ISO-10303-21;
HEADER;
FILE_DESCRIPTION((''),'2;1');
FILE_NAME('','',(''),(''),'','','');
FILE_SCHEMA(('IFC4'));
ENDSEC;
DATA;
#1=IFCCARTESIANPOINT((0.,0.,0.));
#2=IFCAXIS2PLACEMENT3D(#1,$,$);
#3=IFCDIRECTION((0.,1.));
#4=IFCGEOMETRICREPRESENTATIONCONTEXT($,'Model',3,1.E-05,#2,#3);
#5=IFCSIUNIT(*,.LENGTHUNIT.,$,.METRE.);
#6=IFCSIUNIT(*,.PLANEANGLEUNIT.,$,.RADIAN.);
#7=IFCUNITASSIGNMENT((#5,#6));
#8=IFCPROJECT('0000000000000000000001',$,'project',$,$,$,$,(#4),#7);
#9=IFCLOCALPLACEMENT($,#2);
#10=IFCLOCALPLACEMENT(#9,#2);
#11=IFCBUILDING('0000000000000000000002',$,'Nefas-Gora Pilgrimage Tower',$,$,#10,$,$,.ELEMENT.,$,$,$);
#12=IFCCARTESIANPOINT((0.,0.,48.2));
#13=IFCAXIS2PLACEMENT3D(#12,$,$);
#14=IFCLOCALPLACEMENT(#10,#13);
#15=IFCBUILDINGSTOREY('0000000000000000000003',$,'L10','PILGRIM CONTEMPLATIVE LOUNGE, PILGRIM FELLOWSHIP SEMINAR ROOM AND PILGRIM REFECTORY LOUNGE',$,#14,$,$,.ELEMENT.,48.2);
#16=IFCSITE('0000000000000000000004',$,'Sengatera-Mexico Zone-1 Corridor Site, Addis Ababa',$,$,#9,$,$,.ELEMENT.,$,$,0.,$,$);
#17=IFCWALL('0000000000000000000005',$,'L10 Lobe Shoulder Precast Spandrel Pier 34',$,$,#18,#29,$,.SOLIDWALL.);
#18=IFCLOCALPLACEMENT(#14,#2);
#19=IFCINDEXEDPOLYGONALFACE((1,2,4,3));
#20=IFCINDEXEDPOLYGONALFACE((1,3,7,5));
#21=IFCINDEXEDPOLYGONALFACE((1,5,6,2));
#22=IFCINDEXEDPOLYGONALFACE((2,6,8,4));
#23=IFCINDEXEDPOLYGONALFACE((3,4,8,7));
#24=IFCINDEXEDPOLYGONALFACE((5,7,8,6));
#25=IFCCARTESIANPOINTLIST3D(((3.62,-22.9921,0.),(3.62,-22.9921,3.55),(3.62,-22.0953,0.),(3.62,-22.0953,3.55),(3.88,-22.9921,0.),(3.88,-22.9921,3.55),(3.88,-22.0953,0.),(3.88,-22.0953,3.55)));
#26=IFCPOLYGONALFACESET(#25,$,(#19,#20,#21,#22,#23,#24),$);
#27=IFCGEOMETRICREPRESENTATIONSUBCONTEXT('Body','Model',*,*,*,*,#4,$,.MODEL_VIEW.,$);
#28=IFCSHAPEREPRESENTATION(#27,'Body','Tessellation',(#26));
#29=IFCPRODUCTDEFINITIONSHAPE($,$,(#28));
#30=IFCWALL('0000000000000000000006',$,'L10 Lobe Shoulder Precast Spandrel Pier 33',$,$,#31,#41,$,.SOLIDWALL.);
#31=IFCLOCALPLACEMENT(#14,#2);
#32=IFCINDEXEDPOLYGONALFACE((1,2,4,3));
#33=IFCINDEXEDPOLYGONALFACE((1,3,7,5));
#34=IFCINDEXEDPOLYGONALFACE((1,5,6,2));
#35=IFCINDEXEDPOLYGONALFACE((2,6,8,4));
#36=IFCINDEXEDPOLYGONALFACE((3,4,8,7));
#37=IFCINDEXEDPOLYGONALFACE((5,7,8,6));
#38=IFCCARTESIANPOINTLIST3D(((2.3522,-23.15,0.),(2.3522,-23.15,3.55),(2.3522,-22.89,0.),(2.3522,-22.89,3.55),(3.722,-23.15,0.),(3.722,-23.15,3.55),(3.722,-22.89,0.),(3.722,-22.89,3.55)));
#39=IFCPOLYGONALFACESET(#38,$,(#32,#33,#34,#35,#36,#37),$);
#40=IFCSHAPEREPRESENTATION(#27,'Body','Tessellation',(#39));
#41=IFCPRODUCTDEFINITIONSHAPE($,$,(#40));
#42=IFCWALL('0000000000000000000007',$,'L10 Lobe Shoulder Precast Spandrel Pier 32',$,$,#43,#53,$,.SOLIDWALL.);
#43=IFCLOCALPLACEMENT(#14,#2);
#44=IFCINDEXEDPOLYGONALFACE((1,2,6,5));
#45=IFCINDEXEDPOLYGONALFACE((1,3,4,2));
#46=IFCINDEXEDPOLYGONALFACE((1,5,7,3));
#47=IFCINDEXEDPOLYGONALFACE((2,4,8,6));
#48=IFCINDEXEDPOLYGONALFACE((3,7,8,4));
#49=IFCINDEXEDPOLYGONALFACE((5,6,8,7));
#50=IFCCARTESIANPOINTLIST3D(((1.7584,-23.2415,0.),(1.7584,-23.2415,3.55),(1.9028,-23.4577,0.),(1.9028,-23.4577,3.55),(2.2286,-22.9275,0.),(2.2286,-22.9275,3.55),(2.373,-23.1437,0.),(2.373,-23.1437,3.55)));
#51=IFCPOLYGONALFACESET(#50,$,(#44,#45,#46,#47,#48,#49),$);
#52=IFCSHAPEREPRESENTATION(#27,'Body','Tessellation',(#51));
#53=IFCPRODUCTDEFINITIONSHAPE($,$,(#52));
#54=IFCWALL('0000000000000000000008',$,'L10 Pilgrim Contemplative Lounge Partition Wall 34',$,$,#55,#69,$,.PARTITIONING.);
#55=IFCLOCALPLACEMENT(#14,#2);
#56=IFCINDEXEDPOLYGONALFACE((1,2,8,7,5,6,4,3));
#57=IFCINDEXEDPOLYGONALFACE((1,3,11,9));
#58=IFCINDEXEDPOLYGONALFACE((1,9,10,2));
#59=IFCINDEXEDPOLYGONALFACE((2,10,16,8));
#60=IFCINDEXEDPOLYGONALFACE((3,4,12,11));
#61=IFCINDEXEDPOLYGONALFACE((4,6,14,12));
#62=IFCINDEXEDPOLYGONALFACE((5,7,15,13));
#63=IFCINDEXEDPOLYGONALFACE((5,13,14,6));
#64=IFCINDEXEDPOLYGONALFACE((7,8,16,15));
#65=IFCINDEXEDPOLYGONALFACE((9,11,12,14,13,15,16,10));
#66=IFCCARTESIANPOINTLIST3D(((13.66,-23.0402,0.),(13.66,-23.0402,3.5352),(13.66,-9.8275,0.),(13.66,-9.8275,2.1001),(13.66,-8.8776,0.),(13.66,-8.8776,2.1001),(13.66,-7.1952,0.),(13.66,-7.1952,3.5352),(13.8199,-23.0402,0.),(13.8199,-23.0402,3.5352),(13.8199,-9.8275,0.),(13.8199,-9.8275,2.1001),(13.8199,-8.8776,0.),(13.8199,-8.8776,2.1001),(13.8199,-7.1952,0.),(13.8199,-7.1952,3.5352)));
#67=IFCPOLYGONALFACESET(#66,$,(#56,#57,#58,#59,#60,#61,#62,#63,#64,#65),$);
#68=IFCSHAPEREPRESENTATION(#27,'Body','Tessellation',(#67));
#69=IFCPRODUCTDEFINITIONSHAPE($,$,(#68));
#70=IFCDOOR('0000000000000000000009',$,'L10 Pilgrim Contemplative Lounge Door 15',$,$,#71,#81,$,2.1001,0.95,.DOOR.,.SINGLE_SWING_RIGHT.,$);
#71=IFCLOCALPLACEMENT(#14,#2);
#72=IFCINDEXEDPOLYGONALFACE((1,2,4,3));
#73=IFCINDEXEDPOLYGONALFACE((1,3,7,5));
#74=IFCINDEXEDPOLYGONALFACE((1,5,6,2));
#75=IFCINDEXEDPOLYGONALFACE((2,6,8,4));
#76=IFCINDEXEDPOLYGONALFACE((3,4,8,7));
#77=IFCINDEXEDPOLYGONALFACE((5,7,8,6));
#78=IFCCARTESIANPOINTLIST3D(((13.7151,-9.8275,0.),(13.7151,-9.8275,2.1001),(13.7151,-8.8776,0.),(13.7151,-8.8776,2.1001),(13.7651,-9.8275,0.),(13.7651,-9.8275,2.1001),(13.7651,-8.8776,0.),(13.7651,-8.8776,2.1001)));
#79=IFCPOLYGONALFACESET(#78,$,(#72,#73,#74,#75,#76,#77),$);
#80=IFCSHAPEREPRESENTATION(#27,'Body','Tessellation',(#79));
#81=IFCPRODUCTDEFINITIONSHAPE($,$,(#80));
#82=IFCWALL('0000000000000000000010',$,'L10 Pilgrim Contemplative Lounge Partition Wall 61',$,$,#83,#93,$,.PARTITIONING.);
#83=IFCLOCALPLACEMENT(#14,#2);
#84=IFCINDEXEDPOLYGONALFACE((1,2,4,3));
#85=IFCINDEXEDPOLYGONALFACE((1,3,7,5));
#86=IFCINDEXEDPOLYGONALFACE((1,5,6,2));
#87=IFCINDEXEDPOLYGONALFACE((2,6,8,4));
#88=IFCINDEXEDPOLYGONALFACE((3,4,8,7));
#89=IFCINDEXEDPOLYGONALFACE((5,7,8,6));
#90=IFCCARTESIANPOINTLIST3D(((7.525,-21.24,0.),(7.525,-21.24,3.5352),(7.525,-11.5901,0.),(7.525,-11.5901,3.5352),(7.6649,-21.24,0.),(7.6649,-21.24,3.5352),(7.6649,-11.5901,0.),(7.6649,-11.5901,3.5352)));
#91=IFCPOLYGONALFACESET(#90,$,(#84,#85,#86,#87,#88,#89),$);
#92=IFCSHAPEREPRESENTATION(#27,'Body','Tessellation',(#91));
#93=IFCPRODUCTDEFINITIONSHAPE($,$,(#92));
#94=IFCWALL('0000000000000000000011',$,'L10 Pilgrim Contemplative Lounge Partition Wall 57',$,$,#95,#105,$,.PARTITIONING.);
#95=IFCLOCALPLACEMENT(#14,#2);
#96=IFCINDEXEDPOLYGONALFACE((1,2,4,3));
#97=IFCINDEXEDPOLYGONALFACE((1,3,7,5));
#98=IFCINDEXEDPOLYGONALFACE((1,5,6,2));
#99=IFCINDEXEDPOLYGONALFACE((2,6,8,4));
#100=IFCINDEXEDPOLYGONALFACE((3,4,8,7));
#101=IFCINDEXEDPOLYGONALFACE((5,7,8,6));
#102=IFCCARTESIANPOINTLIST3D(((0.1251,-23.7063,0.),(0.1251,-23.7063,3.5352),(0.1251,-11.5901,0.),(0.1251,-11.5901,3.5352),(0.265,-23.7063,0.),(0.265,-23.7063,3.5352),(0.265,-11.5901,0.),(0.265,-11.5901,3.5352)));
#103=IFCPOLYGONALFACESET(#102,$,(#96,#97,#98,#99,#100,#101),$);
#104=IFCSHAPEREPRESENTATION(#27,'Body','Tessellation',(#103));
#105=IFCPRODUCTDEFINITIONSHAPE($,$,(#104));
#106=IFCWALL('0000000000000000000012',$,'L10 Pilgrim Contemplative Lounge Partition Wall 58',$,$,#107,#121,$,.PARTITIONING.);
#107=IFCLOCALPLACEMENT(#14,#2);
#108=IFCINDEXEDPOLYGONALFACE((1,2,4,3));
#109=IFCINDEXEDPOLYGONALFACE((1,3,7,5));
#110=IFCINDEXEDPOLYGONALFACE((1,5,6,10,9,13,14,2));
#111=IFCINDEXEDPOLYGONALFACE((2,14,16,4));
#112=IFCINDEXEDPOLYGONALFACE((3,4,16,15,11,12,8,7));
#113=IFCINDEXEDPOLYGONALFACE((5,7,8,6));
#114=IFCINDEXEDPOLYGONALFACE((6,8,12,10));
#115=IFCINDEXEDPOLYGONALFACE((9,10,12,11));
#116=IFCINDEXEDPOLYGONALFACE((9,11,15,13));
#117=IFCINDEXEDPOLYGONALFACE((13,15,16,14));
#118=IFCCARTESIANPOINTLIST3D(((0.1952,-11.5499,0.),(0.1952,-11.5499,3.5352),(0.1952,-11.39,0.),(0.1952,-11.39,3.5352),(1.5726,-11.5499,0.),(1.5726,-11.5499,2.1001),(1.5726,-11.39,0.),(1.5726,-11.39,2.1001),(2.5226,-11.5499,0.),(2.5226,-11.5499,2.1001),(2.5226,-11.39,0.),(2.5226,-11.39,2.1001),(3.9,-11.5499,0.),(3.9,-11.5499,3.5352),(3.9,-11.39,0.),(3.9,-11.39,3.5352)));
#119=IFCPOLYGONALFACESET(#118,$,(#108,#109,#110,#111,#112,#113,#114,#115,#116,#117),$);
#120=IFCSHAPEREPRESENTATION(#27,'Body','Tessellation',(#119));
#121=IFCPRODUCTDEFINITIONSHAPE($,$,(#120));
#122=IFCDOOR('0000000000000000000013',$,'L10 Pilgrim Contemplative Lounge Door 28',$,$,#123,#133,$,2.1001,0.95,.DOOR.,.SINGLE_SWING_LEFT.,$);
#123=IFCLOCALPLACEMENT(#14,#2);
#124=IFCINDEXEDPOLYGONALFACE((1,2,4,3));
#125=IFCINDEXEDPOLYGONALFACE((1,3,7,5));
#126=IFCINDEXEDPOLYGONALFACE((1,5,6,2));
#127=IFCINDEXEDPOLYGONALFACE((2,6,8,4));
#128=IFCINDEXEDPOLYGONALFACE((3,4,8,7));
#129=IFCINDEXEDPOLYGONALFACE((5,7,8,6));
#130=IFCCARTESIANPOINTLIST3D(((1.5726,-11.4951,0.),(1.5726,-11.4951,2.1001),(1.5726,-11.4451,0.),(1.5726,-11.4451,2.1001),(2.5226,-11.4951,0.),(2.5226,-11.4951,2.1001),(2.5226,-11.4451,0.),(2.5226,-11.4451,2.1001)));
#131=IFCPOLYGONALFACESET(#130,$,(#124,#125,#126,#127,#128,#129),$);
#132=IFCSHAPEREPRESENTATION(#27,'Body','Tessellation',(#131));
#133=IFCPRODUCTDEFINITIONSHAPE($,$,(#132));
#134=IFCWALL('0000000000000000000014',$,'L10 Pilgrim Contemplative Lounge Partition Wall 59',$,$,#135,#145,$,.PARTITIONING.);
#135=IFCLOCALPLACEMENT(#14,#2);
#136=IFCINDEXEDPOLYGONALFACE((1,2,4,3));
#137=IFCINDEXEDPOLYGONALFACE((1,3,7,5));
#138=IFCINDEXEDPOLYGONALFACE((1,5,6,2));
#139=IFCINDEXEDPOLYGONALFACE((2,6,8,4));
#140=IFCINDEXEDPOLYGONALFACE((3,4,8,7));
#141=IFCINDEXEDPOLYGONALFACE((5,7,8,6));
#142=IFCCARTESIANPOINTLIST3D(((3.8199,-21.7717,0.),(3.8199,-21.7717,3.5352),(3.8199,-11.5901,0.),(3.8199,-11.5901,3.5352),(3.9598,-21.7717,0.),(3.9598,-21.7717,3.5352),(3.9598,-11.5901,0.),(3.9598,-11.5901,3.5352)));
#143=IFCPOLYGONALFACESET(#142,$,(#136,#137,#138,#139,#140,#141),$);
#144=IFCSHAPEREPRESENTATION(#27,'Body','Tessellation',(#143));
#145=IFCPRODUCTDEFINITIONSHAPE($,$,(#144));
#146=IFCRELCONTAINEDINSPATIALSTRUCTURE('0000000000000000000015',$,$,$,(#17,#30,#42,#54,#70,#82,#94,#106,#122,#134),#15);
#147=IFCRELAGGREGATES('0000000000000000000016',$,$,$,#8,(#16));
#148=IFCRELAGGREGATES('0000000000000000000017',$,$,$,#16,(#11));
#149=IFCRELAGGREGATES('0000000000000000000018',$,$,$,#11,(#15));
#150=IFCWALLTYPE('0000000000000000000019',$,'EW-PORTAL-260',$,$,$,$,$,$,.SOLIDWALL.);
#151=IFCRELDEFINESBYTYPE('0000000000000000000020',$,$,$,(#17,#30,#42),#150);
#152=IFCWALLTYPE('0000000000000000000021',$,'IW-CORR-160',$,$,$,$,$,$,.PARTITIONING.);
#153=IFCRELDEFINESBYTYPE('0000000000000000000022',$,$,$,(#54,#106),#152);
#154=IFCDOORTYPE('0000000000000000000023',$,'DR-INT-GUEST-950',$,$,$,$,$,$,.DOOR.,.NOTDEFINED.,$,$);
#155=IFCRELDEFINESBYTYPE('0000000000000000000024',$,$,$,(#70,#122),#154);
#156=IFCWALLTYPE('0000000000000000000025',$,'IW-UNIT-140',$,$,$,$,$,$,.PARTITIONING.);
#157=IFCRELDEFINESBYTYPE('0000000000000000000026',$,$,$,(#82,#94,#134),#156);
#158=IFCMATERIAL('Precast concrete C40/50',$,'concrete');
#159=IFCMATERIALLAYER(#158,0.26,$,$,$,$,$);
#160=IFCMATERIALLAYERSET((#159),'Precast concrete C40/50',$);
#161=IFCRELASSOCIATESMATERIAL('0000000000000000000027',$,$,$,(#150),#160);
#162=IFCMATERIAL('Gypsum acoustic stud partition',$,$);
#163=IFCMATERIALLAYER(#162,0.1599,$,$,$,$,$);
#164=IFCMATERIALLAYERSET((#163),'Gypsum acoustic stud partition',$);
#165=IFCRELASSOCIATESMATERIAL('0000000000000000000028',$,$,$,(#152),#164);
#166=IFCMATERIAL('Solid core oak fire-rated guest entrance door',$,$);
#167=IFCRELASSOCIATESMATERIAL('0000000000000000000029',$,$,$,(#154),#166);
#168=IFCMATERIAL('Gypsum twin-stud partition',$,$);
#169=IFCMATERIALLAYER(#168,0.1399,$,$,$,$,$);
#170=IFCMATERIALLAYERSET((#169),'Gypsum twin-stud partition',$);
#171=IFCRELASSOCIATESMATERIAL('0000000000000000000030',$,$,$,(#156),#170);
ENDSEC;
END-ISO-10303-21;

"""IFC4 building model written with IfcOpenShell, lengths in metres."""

from ifc_helpers import new_model, si_unit, direction, frame, frame_2d, origin, place, context, subcontext, project, spatial, rectangle, extrude, source, transform, mapped, material, layer, layer_set, type_object, element, fill, save


model = new_model("IFC4")

# Units and contexts
model_context = context("Model", 3, precision=1e-05, world=origin(), true_north=direction((0.0, 1.0)))
body_context = subcontext(model_context, "Body", "Model", "MODEL_VIEW")
ifc_project = project(units=[si_unit("LENGTHUNIT", "METRE"), si_unit("PLANEANGLEUNIT", "RADIAN")], contexts=[model_context])

# Site, building, storey
site_placement = place(None, origin())
site = spatial("IfcSite", under=ifc_project, at=site_placement, Name="Sengatera-Mexico Zone-1 Corridor Site, Addis Ababa", CompositionType="ELEMENT", RefElevation=0.0)
building_placement = place(site_placement, origin())
building = spatial("IfcBuilding", under=site, at=building_placement, Name="Nefas-Gora Pilgrimage Tower", CompositionType="ELEMENT")
storey_placement = place(building_placement, frame((0.0, 0.0, 48.2)))
storey = spatial("IfcBuildingStorey", under=building, at=storey_placement, Name="L10", Description="PILGRIM CONTEMPLATIVE LOUNGE, PILGRIM FELLOWSHIP SEMINAR ROOM AND PILGRIM REFECTORY LOUNGE", CompositionType="ELEMENT", Elevation=48.2)

# Walls
ifc_material_1 = material(Name="Precast concrete C40/50", Category="concrete")
ifc_layer_1 = layer(ifc_material_1, 0.26)
ifc_layer_set_1 = layer_set([ifc_layer_1], Name="Precast concrete C40/50")
wall_type_1 = type_object("IfcWallType", Name="EW-PORTAL-260", PredefinedType="SOLIDWALL", material=ifc_layer_set_1)
shared_shape_1 = source(origin(), body_context, "Body", "SweptSolid", [
    extrude(rectangle(XDim=0.8967, YDim=0.26, at=frame_2d((0.4482, 0.0))), origin(), (0.0, 0.0, 1.0), 3.55),
])
wall_1_placement = place(storey_placement, frame((3.75, -22.9919, 0.0), z_axis=(0.0, 0.0, 1.0), x_axis=(0.0, 1.0, 0.0)))
element("IfcWall", 1, at=wall_1_placement, inside=storey, type_object=wall_type_1, Name="L10 Lobe Shoulder Precast Spandrel Pier 34", PredefinedType="SOLIDWALL", context=body_context, shape_type="MappedRepresentation", body=[
    mapped(shared_shape_1, transform((0.0, 0.0, 0.0), x_axis=(1.0, 0.0, 0.0), y_axis=(0.0, 1.0, 0.0), z_axis=(0.0, 0.0, 1.0), scale=1.0)),
])
shared_shape_2 = source(origin(), body_context, "Body", "SweptSolid", [
    extrude(rectangle(XDim=1.3699, YDim=0.26, at=frame_2d((0.6851, 0.0))), origin(), (0.0, 0.0, 1.0), 3.55),
])
wall_2_placement = place(storey_placement, frame((2.3521, -23.02, 0.0), z_axis=(0.0, 0.0, 1.0), x_axis=(1.0, 0.0, 0.0)))
element("IfcWall", 2, at=wall_2_placement, inside=storey, type_object=wall_type_1, Name="L10 Lobe Shoulder Precast Spandrel Pier 33", PredefinedType="SOLIDWALL", context=body_context, shape_type="MappedRepresentation", body=[
    mapped(shared_shape_2, transform((0.0, 0.0, 0.0), x_axis=(1.0, 0.0, 0.0), y_axis=(0.0, 1.0, 0.0), z_axis=(0.0, 0.0, 1.0), scale=1.0)),
])
shared_shape_3 = source(origin(), body_context, "Body", "SweptSolid", [
    extrude(rectangle(XDim=0.5654, YDim=0.26, at=frame_2d((0.2827, 0.0))), origin(), (0.0, 0.0, 1.0), 3.55),
])
wall_3_placement = place(storey_placement, frame((1.8306, -23.3496, 0.0), z_axis=(0.0, 0.0, 1.0), x_axis=(0.831651, 0.555298, 0.0)))
element("IfcWall", 3, at=wall_3_placement, inside=storey, type_object=wall_type_1, Name="L10 Lobe Shoulder Precast Spandrel Pier 32", PredefinedType="SOLIDWALL", context=body_context, shape_type="MappedRepresentation", body=[
    mapped(shared_shape_3, transform((0.0, 0.0, 0.0), x_axis=(1.0, 0.0, 0.0), y_axis=(0.0, 1.0, 0.0), z_axis=(0.0, 0.0, 1.0), scale=1.0)),
])

# Wall, opening, door
ifc_material_2 = material(Name="Gypsum acoustic stud partition")
ifc_layer_2 = layer(ifc_material_2, 0.1599)
ifc_layer_set_2 = layer_set([ifc_layer_2], Name="Gypsum acoustic stud partition")
wall_type_2 = type_object("IfcWallType", Name="IW-CORR-160", PredefinedType="PARTITIONING", material=ifc_layer_set_2)
shared_shape_4 = source(origin(), body_context, "Body", "SweptSolid", [
    extrude(rectangle(XDim=15.845, YDim=0.1599, at=frame_2d((7.9224, 0.0))), origin(), (0.0, 0.0, 1.0), 3.5352),
])
wall_4_placement = place(storey_placement, frame((13.74, -23.04, 0.0), z_axis=(0.0, 0.0, 1.0), x_axis=(0.0, 1.0, 0.0)))
wall_4 = element("IfcWall", 4, at=wall_4_placement, inside=storey, type_object=wall_type_2, Name="L10 Pilgrim Contemplative Lounge Partition Wall 34", PredefinedType="PARTITIONING", context=body_context, shape_type="MappedRepresentation", body=[
    mapped(shared_shape_4, transform((0.0, 0.0, 0.0), x_axis=(1.0, 0.0, 0.0), y_axis=(0.0, 1.0, 0.0), z_axis=(0.0, 0.0, 1.0), scale=1.0)),
])
opening_1_placement = place(wall_4_placement, frame((13.2124, 0.0, 0.0)))
opening_1 = element("IfcOpeningElement", 5, at=opening_1_placement, cuts=wall_4, PredefinedType="OPENING", context=body_context, shape_type="SweptSolid", body=[
    extrude(rectangle(XDim=0.95, YDim=2.1001, at=frame_2d((0.4751, 1.05))), frame((0.0, 0.0898, 0.0), z_axis=(0.0, -1.0, 0.0), x_axis=(1.0, 0.0, 0.0)), (0.0, 0.0, 1.0), 0.1799),
])
ifc_material_3 = material(Name="Solid core oak fire-rated guest entrance door")
door_type = type_object("IfcDoorType", Name="DR-INT-GUEST-950", OperationType="NOTDEFINED", PredefinedType="DOOR", material=ifc_material_3)
shared_shape_5 = source(origin(), body_context, "Body", "SweptSolid", [
    extrude(rectangle(XDim=0.95, YDim=2.1001, at=frame_2d((0.4751, 1.05))), frame((0.0, 0.0249, 0.0), z_axis=(0.0, -1.0, 0.0), x_axis=(1.0, 0.0, 0.0)), (0.0, 0.0, 1.0), 0.05),
])
door_1_placement = place(opening_1_placement, origin())
door_1 = element("IfcDoor", 6, at=door_1_placement, inside=storey, type_object=door_type, Name="L10 Pilgrim Contemplative Lounge Door 15", OperationType="SINGLE_SWING_RIGHT", OverallHeight=2.1001, OverallWidth=0.95, PredefinedType="DOOR", context=body_context, shape_type="MappedRepresentation", body=[
    mapped(shared_shape_5, transform((0.0, 0.0, 0.0), x_axis=(1.0, 0.0, 0.0), y_axis=(0.0, 1.0, 0.0), z_axis=(0.0, 0.0, 1.0), scale=1.0)),
])
fill(opening_1, door_1)

# Walls
ifc_material_4 = material(Name="Gypsum twin-stud partition")
ifc_layer_3 = layer(ifc_material_4, 0.1399)
ifc_layer_set_3 = layer_set([ifc_layer_3], Name="Gypsum twin-stud partition")
wall_type_3 = type_object("IfcWallType", Name="IW-UNIT-140", PredefinedType="PARTITIONING", material=ifc_layer_set_3)
shared_shape_6 = source(origin(), body_context, "Body", "SweptSolid", [
    extrude(rectangle(XDim=9.6499, YDim=0.1399, at=frame_2d((4.825, 0.0))), origin(), (0.0, 0.0, 1.0), 3.5352),
])
wall_5_placement = place(storey_placement, frame((7.595, -21.24, 0.0), z_axis=(0.0, 0.0, 1.0), x_axis=(0.0, 1.0, 0.0)))
element("IfcWall", 7, at=wall_5_placement, inside=storey, type_object=wall_type_3, Name="L10 Pilgrim Contemplative Lounge Partition Wall 61", PredefinedType="PARTITIONING", context=body_context, shape_type="MappedRepresentation", body=[
    mapped(shared_shape_6, transform((0.0, 0.0, 0.0), x_axis=(1.0, 0.0, 0.0), y_axis=(0.0, 1.0, 0.0), z_axis=(0.0, 0.0, 1.0), scale=1.0)),
])
shared_shape_7 = source(origin(), body_context, "Body", "SweptSolid", [
    extrude(rectangle(XDim=12.1162, YDim=0.1399, at=frame_2d((6.0581, 0.0))), origin(), (0.0, 0.0, 1.0), 3.5352),
])
wall_6_placement = place(storey_placement, frame((0.1951, -23.7063, 0.0), z_axis=(0.0, 0.0, 1.0), x_axis=(0.0, 1.0, 0.0)))
element("IfcWall", 8, at=wall_6_placement, inside=storey, type_object=wall_type_3, Name="L10 Pilgrim Contemplative Lounge Partition Wall 57", PredefinedType="PARTITIONING", context=body_context, shape_type="MappedRepresentation", body=[
    mapped(shared_shape_7, transform((0.0, 0.0, 0.0), x_axis=(1.0, 0.0, 0.0), y_axis=(0.0, 1.0, 0.0), z_axis=(0.0, 0.0, 1.0), scale=1.0)),
])

# Wall, opening, door
shared_shape_8 = source(origin(), body_context, "Body", "SweptSolid", [
    extrude(rectangle(XDim=3.7048, YDim=0.1599, at=frame_2d((1.8525, 0.0))), origin(), (0.0, 0.0, 1.0), 3.5352),
])
wall_7_placement = place(storey_placement, frame((0.1951, -11.47, 0.0), z_axis=(0.0, 0.0, 1.0), x_axis=(1.0, 0.0, 0.0)))
wall_7 = element("IfcWall", 9, at=wall_7_placement, inside=storey, type_object=wall_type_2, Name="L10 Pilgrim Contemplative Lounge Partition Wall 58", PredefinedType="PARTITIONING", context=body_context, shape_type="MappedRepresentation", body=[
    mapped(shared_shape_8, transform((0.0, 0.0, 0.0), x_axis=(1.0, 0.0, 0.0), y_axis=(0.0, 1.0, 0.0), z_axis=(0.0, 0.0, 1.0), scale=1.0)),
])
opening_2_placement = place(wall_7_placement, frame((1.3774, 0.0, 0.0)))
opening_2 = element("IfcOpeningElement", 10, at=opening_2_placement, cuts=wall_7, PredefinedType="OPENING", context=body_context, shape_type="SweptSolid", body=[
    extrude(rectangle(XDim=0.95, YDim=2.1001, at=frame_2d((0.4751, 1.05))), frame((0.0, 0.0898, 0.0), z_axis=(0.0, -1.0, 0.0), x_axis=(1.0, 0.0, 0.0)), (0.0, 0.0, 1.0), 0.1799),
])
door_2_placement = place(opening_2_placement, origin())
door_2 = element("IfcDoor", 11, at=door_2_placement, inside=storey, type_object=door_type, Name="L10 Pilgrim Contemplative Lounge Door 28", OperationType="SINGLE_SWING_LEFT", OverallHeight=2.1001, OverallWidth=0.95, PredefinedType="DOOR", context=body_context, shape_type="MappedRepresentation", body=[
    mapped(shared_shape_5, transform((0.0, 0.0, 0.0), x_axis=(1.0, 0.0, 0.0), y_axis=(0.0, 1.0, 0.0), z_axis=(0.0, 0.0, 1.0), scale=1.0)),
])
fill(opening_2, door_2)

# Wall
shared_shape_9 = source(origin(), body_context, "Body", "SweptSolid", [
    extrude(rectangle(XDim=10.1816, YDim=0.1399, at=frame_2d((5.0908, 0.0))), origin(), (0.0, 0.0, 1.0), 3.5352),
])
wall_8_placement = place(storey_placement, frame((3.8899, -21.7717, 0.0), z_axis=(0.0, 0.0, 1.0), x_axis=(0.0, 1.0, 0.0)))
element("IfcWall", 12, at=wall_8_placement, inside=storey, type_object=wall_type_3, Name="L10 Pilgrim Contemplative Lounge Partition Wall 59", PredefinedType="PARTITIONING", context=body_context, shape_type="MappedRepresentation", body=[
    mapped(shared_shape_9, transform((0.0, 0.0, 0.0), x_axis=(1.0, 0.0, 0.0), y_axis=(0.0, 1.0, 0.0), z_axis=(0.0, 0.0, 1.0), scale=1.0)),
])

save(model, "model.ifc")
